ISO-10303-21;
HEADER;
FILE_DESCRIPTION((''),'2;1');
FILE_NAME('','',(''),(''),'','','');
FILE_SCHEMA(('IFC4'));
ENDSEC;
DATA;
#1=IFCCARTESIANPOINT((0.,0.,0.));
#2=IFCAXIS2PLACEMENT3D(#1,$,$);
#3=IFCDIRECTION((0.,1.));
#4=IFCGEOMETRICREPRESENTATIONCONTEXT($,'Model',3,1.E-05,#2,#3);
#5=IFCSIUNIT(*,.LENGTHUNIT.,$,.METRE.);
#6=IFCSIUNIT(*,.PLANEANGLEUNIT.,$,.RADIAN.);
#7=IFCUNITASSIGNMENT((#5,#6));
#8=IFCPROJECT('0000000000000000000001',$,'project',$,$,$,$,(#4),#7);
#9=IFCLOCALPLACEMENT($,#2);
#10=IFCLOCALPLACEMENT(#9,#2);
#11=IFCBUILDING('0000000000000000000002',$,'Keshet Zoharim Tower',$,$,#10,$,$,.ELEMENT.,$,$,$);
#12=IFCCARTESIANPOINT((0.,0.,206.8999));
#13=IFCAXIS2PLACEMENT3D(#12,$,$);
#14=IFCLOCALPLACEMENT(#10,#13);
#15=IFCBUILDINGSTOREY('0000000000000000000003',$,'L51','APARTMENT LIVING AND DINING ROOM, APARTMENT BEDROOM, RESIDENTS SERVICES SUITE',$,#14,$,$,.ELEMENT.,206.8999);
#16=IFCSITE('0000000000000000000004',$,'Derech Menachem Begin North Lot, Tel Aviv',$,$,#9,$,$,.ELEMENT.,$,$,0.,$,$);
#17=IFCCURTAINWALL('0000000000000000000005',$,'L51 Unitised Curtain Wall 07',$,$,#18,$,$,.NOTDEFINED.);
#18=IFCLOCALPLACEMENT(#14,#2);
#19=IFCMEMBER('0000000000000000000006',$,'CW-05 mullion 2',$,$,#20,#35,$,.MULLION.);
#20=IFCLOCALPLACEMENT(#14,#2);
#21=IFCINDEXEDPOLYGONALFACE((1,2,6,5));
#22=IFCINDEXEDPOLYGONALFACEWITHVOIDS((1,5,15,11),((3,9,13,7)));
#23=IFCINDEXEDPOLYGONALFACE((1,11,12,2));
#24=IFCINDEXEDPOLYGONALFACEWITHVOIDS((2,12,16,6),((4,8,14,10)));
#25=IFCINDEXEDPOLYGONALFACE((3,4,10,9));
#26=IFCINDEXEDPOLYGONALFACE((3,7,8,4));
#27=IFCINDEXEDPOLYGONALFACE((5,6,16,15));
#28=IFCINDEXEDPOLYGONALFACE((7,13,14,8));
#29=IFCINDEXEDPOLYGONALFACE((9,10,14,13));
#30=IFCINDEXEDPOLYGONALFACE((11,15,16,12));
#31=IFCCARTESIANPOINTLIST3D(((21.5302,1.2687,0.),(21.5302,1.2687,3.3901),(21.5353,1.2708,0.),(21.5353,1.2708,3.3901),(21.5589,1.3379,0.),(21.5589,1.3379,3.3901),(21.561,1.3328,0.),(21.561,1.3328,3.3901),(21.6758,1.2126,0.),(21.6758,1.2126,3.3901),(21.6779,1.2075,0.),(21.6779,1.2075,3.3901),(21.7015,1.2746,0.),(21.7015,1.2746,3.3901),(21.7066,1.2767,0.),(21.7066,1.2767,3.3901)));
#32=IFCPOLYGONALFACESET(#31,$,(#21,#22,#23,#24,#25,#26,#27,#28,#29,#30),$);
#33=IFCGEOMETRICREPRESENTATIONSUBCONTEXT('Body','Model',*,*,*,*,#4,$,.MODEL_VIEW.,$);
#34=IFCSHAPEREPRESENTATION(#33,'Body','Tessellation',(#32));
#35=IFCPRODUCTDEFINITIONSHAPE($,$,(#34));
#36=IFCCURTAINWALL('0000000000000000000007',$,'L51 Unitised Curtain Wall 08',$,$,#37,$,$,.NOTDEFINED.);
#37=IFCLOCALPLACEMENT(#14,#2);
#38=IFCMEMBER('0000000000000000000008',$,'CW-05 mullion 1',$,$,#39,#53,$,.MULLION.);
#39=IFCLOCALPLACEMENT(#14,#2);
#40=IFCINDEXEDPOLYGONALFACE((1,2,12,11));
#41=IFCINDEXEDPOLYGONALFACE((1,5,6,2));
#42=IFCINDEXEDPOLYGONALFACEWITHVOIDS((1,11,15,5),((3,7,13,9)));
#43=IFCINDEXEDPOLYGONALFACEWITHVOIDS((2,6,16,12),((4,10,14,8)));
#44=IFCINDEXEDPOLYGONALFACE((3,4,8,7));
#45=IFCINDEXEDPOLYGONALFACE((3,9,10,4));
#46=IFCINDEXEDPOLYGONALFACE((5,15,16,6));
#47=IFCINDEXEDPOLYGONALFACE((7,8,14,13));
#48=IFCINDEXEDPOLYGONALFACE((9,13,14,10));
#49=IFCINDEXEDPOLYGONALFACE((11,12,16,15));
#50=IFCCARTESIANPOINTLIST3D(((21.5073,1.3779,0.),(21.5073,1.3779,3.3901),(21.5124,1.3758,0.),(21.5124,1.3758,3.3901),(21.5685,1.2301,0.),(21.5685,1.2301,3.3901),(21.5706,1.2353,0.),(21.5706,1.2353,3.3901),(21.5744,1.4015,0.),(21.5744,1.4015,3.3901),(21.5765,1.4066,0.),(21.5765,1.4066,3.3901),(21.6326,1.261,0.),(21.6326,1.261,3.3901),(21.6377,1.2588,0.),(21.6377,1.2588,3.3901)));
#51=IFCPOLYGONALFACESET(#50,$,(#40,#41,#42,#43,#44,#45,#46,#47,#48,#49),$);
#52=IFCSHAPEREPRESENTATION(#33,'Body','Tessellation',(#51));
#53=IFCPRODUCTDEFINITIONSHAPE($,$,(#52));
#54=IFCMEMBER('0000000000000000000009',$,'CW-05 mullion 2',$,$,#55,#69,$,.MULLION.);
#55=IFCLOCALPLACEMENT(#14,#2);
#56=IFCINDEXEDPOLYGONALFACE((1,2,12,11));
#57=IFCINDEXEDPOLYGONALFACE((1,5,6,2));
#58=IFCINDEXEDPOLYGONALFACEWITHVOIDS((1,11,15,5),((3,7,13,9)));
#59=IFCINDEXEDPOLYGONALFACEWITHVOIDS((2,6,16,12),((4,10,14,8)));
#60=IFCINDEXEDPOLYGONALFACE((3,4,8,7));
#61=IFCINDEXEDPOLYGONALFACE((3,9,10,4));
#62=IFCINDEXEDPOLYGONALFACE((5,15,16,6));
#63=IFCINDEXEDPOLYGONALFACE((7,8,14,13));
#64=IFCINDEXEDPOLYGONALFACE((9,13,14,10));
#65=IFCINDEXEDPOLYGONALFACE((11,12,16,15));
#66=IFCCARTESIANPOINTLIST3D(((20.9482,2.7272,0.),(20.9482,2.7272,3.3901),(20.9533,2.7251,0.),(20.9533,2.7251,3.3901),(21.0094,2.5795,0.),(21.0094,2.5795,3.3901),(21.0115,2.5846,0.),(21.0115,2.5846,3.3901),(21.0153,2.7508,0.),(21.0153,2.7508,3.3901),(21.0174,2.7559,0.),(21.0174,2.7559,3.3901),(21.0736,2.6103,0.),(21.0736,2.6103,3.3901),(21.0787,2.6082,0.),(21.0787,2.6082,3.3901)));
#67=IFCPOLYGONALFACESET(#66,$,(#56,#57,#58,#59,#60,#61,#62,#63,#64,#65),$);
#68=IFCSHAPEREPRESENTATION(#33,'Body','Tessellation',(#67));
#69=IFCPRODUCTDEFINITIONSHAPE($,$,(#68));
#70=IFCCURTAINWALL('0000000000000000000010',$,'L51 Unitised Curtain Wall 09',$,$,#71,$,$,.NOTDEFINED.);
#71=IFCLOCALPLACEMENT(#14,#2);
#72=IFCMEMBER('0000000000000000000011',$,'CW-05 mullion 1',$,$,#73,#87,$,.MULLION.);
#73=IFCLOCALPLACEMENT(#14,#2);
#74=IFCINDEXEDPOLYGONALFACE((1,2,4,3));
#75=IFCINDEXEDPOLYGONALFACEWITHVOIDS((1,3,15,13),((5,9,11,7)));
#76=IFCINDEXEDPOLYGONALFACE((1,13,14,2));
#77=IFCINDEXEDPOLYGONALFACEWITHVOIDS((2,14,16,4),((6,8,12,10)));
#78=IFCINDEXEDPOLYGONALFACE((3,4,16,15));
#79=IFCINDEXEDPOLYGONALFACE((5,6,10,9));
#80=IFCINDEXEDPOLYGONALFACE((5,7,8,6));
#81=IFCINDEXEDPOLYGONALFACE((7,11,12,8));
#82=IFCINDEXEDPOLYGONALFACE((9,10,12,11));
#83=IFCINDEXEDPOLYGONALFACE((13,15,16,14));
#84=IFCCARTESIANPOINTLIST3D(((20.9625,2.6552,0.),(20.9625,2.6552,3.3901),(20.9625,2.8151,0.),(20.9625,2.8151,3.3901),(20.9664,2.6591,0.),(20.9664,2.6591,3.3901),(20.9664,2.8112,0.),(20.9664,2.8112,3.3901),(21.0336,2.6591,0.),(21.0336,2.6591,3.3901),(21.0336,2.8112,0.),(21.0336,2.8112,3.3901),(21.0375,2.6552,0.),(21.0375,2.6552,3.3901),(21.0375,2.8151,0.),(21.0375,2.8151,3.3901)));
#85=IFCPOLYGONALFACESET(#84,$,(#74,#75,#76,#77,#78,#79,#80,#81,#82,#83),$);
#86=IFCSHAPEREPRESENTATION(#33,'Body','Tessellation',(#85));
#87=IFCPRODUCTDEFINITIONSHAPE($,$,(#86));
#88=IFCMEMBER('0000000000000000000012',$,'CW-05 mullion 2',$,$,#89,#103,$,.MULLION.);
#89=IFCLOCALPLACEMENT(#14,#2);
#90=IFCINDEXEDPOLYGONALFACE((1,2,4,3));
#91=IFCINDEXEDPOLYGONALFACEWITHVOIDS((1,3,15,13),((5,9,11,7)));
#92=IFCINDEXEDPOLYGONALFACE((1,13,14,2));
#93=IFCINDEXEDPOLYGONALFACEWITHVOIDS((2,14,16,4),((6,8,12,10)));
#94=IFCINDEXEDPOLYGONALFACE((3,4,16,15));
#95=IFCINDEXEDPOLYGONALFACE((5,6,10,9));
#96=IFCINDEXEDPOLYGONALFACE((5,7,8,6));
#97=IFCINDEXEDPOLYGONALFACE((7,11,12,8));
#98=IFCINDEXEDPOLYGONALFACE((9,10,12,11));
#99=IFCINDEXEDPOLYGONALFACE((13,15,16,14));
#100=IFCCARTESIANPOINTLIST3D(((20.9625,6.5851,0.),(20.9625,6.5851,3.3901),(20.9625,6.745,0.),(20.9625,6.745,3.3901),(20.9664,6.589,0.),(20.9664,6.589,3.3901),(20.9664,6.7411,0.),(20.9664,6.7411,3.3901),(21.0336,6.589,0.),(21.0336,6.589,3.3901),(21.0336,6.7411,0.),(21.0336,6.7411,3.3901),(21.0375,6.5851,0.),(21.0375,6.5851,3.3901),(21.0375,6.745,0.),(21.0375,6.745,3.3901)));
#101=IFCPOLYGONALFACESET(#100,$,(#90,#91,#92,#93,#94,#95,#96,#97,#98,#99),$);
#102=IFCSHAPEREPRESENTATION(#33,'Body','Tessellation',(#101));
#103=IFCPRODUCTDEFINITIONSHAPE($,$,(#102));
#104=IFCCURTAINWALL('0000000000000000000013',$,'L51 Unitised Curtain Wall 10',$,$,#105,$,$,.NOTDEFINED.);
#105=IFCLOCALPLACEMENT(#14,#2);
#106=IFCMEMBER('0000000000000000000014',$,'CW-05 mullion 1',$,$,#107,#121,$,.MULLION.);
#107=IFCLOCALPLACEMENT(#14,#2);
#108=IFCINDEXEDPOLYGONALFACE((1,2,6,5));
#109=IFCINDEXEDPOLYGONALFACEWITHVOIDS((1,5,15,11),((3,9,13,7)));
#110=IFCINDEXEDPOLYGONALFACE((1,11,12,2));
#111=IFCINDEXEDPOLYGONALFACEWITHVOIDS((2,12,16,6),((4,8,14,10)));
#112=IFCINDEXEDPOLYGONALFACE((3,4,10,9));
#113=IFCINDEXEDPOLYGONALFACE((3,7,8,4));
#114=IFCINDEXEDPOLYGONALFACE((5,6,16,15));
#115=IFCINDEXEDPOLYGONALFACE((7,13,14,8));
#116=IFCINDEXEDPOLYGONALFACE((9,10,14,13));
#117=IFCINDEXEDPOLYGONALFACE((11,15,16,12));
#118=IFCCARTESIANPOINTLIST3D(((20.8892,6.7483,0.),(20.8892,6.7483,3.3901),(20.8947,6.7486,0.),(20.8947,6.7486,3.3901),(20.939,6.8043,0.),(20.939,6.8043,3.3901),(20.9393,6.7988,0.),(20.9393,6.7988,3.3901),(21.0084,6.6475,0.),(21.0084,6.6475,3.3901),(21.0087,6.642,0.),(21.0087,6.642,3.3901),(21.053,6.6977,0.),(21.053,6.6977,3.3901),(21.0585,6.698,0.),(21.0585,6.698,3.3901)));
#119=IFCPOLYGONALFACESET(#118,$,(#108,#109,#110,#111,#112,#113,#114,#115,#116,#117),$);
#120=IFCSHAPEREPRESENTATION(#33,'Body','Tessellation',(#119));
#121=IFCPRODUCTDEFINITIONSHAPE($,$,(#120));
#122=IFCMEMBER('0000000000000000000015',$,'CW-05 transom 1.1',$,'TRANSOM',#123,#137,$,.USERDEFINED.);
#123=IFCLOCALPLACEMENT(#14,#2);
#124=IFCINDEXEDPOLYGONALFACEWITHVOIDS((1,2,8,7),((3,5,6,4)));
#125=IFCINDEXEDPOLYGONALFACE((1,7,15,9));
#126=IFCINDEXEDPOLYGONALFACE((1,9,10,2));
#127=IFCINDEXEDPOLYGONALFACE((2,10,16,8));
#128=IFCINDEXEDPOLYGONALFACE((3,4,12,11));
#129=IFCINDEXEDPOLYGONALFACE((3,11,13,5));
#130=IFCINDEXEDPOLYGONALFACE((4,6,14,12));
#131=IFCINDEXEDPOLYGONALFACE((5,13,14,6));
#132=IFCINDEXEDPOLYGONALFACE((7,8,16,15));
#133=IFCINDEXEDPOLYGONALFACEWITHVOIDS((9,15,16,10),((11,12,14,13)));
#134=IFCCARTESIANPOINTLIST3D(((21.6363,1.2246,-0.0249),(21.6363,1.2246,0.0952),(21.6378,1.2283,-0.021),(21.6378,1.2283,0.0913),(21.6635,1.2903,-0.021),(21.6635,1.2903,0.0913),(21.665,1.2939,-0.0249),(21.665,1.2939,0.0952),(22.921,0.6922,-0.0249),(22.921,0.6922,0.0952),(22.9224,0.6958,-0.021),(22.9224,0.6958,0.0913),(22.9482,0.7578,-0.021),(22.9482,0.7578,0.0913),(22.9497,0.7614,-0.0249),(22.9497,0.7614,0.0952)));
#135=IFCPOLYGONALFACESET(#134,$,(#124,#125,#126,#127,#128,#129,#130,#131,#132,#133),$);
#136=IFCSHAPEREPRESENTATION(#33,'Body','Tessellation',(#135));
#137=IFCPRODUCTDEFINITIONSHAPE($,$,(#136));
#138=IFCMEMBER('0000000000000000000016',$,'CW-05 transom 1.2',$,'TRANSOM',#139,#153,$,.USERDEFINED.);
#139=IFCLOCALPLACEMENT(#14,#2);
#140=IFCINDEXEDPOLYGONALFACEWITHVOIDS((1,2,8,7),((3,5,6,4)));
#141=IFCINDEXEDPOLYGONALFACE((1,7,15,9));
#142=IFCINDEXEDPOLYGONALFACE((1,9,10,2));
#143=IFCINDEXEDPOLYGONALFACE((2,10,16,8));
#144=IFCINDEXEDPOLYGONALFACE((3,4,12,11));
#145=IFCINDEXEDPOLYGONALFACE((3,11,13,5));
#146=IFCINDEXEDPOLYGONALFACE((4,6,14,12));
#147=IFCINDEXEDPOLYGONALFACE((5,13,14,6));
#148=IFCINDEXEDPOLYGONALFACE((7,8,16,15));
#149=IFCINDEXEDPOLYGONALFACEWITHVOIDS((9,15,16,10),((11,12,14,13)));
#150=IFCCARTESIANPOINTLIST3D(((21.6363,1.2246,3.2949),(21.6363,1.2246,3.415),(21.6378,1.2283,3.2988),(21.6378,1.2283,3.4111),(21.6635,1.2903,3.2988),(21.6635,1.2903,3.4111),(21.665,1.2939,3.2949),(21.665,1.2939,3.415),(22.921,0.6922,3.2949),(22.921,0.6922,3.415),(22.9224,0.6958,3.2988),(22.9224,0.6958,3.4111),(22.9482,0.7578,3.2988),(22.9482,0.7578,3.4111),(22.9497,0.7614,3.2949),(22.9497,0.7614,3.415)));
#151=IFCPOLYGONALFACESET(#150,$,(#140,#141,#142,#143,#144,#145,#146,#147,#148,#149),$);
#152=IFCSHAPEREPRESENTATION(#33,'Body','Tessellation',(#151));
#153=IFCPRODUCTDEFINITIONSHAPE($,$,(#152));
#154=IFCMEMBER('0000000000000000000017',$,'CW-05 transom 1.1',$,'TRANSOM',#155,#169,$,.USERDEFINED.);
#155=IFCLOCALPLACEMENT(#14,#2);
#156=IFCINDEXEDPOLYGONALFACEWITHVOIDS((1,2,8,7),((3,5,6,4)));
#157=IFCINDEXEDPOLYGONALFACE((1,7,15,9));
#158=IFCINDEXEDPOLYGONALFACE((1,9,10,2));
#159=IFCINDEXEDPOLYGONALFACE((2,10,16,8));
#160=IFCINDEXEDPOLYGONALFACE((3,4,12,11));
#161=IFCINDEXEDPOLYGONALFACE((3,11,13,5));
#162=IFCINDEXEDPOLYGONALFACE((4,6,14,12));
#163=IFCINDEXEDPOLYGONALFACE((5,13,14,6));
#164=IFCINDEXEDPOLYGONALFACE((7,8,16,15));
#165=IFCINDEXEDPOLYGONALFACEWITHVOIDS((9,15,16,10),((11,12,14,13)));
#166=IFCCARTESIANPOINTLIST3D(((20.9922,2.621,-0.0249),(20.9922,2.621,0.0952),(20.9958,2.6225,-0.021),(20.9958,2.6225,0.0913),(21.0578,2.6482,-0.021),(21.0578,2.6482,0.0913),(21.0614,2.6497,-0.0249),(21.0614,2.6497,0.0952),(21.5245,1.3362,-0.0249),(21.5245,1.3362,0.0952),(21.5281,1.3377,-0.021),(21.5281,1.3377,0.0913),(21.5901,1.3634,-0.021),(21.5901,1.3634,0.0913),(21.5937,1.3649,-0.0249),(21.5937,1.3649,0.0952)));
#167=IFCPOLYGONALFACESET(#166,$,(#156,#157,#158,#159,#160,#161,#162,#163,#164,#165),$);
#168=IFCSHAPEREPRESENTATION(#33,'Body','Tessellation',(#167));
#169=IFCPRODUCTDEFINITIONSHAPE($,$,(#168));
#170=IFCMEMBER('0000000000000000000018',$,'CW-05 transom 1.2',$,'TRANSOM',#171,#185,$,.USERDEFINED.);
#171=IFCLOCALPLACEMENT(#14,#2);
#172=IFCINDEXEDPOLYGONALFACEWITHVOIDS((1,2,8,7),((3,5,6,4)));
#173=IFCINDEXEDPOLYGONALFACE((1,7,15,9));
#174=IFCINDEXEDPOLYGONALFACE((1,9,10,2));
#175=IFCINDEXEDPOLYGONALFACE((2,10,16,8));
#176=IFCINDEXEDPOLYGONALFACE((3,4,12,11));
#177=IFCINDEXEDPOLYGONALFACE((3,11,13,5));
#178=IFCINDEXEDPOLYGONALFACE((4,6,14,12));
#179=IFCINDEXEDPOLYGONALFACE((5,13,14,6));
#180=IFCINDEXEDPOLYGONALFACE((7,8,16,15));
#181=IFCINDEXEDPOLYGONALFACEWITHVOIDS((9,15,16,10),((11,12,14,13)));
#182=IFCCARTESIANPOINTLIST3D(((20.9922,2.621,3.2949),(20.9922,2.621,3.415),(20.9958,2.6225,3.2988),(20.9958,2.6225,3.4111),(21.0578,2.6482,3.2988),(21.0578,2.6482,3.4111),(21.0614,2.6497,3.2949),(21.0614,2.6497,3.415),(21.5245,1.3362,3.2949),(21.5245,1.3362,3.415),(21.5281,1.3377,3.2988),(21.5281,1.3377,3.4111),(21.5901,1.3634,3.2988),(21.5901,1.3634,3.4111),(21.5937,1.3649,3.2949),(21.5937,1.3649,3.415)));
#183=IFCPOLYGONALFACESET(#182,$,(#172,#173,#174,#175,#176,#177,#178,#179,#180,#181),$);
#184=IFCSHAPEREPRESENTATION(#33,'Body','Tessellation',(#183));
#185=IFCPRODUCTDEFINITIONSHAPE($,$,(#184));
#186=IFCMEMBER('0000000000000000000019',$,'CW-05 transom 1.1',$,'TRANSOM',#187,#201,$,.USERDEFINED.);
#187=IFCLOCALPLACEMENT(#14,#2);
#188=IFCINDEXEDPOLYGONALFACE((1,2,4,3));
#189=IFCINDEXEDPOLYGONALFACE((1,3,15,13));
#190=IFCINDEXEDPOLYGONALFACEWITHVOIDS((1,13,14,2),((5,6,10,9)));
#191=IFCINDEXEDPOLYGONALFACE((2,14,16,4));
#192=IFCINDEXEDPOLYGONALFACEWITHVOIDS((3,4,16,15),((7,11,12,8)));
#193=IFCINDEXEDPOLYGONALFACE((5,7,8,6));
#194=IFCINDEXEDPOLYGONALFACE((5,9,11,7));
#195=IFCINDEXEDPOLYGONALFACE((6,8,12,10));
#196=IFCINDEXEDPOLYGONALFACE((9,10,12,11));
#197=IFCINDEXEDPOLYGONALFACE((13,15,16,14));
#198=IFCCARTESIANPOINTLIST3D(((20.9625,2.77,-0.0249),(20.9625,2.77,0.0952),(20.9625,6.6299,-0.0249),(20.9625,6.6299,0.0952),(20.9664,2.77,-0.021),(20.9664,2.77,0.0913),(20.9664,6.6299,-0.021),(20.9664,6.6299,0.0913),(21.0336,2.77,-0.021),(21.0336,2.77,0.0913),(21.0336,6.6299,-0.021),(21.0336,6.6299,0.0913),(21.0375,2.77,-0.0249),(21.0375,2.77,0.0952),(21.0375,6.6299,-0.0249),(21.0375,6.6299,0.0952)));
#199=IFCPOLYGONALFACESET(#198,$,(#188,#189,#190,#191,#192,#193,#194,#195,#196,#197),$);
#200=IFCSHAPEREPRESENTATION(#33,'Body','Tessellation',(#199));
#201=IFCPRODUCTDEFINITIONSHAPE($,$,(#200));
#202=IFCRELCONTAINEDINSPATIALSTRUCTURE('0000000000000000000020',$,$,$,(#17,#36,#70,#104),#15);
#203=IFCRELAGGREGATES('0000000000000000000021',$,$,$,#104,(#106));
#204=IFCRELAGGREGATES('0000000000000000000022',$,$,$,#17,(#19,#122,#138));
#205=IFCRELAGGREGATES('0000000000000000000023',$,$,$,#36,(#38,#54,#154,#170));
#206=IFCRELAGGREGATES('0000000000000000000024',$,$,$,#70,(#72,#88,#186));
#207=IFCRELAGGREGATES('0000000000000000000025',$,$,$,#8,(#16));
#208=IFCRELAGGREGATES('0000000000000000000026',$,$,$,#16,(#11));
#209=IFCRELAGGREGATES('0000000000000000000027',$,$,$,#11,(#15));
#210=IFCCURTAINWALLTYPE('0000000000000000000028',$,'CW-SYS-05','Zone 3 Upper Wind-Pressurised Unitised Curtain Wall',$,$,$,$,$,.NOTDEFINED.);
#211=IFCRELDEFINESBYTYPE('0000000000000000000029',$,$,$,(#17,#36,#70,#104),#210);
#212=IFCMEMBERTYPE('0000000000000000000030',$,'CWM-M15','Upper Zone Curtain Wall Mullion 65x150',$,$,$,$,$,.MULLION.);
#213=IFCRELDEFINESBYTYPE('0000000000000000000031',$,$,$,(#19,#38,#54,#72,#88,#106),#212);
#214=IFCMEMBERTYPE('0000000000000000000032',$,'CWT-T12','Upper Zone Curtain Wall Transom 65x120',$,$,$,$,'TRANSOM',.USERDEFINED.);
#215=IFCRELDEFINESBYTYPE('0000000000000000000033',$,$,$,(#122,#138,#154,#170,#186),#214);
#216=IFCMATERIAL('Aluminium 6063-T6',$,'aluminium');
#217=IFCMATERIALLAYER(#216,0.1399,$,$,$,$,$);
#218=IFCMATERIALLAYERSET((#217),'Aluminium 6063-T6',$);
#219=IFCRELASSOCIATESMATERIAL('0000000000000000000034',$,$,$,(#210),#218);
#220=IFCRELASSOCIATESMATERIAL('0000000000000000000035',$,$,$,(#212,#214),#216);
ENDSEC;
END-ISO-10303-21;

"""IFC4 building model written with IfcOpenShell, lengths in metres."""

from ifc_helpers import new_model, si_unit, direction, frame, origin, origin_2d, place, context, subcontext, project, spatial, hollow_rectangle, extrude, material, layer, layer_set, material_profile, profile_set, type_object, element, aggregate, save


model = new_model("IFC4")

# Units and contexts
model_context = context("Model", 3, precision=1e-05, world=origin(), true_north=direction((0.0, 1.0)))
body_context = subcontext(model_context, "Body", "Model", "MODEL_VIEW")
ifc_project = project(units=[si_unit("LENGTHUNIT", "METRE"), si_unit("PLANEANGLEUNIT", "RADIAN")], contexts=[model_context])

# Site, building, storey
site_placement = place(None, origin())
site = spatial("IfcSite", under=ifc_project, at=site_placement, Name="Derech Menachem Begin North Lot, Tel Aviv", CompositionType="ELEMENT", RefElevation=0.0)
building_placement = place(site_placement, origin())
building = spatial("IfcBuilding", under=site, at=building_placement, Name="Keshet Zoharim Tower", CompositionType="ELEMENT")
storey_placement = place(building_placement, frame((0.0, 0.0, 206.8999)))
storey = spatial("IfcBuildingStorey", under=building, at=storey_placement, Name="L51", Description="APARTMENT LIVING AND DINING ROOM, APARTMENT BEDROOM, RESIDENTS SERVICES SUITE", CompositionType="ELEMENT", Elevation=206.8999)

# Shared definitions
ifc_material_1 = material(Name="Aluminium 6063-T6", Category="aluminium")
ifc_layer_1 = layer(ifc_material_1, 0.1399)
ifc_layer_set_1 = layer_set([ifc_layer_1], Name="Aluminium 6063-T6")
curtain_wall_type = type_object("IfcCurtainWallType", Name="CW-SYS-05", Description="Zone 3 Upper Wind-Pressurised Unitised Curtain Wall", PredefinedType="NOTDEFINED", material=ifc_layer_set_1)
ifc_material_profile_1 = material_profile(ifc_material_1, hollow_rectangle(XDim=0.075, YDim=0.1599, WallThickness=0.0039, at=origin_2d()), Name="MUL-75x160")
ifc_profile_set_1 = profile_set([ifc_material_profile_1], Name="Aluminium 6063-T6")
member_type_1 = type_object("IfcMemberType", Name="CWM-M15", Description="Upper Zone Curtain Wall Mullion 65x150", PredefinedType="MULLION", material=ifc_profile_set_1)

# Curtain walls, members
curtain_wall_1_placement = place(storey_placement, origin())
curtain_wall_1 = element("IfcCurtainWall", 1, at=curtain_wall_1_placement, inside=storey, type_object=curtain_wall_type, Name="L51 Unitised Curtain Wall 07", PredefinedType="NOTDEFINED")
member_1_placement = place(storey_placement, frame((21.6184, 1.2727, 0.0), z_axis=(0.0, 0.0, 1.0), x_axis=(-0.382852, -0.92381, 0.0)))
member_1 = element("IfcMember", 2, at=member_1_placement, type_object=member_type_1, Name="CW-05 mullion 2", PredefinedType="MULLION", context=body_context, shape_type="SweptSolid", body=[
    extrude(hollow_rectangle(XDim=0.075, YDim=0.1599, WallThickness=0.0039, at=origin_2d()), origin(), (0.0, 0.0, 1.0), 3.3901),
])
curtain_wall_2_placement = place(storey_placement, origin())
curtain_wall_2 = element("IfcCurtainWall", 3, at=curtain_wall_2_placement, inside=storey, type_object=curtain_wall_type, Name="L51 Unitised Curtain Wall 08", PredefinedType="NOTDEFINED")
member_2_placement = place(storey_placement, frame((21.5725, 1.3184, 0.0), z_axis=(0.0, 0.0, 1.0), x_axis=(-0.92381, -0.382852, 0.0)))
member_2 = element("IfcMember", 4, at=member_2_placement, type_object=member_type_1, Name="CW-05 mullion 1", PredefinedType="MULLION", context=body_context, shape_type="SweptSolid", body=[
    extrude(hollow_rectangle(XDim=0.075, YDim=0.1599, WallThickness=0.0039, at=origin_2d()), origin(), (0.0, 0.0, 1.0), 3.3901),
])
member_3_placement = place(storey_placement, frame((21.0134, 2.6677, 0.0), z_axis=(0.0, 0.0, 1.0), x_axis=(-0.92381, -0.382852, 0.0)))
member_3 = element("IfcMember", 5, at=member_3_placement, type_object=member_type_1, Name="CW-05 mullion 2", PredefinedType="MULLION", context=body_context, shape_type="SweptSolid", body=[
    extrude(hollow_rectangle(XDim=0.075, YDim=0.1599, WallThickness=0.0039, at=origin_2d()), origin(), (0.0, 0.0, 1.0), 3.3901),
])
curtain_wall_3_placement = place(storey_placement, origin())
curtain_wall_3 = element("IfcCurtainWall", 6, at=curtain_wall_3_placement, inside=storey, type_object=curtain_wall_type, Name="L51 Unitised Curtain Wall 09", PredefinedType="NOTDEFINED")
member_4_placement = place(storey_placement, frame((21.0, 2.7351, 0.0), z_axis=(0.0, 0.0, 1.0), x_axis=(-1.0, 0.0, 0.0)))
member_4 = element("IfcMember", 7, at=member_4_placement, type_object=member_type_1, Name="CW-05 mullion 1", PredefinedType="MULLION", context=body_context, shape_type="SweptSolid", body=[
    extrude(hollow_rectangle(XDim=0.075, YDim=0.1599, WallThickness=0.0039, at=origin_2d()), origin(), (0.0, 0.0, 1.0), 3.3901),
])
member_5_placement = place(storey_placement, frame((21.0, 6.665, 0.0), z_axis=(0.0, 0.0, 1.0), x_axis=(-1.0, 0.0, 0.0)))
member_5 = element("IfcMember", 8, at=member_5_placement, type_object=member_type_1, Name="CW-05 mullion 2", PredefinedType="MULLION", context=body_context, shape_type="SweptSolid", body=[
    extrude(hollow_rectangle(XDim=0.075, YDim=0.1599, WallThickness=0.0039, at=origin_2d()), origin(), (0.0, 0.0, 1.0), 3.3901),
])

# Curtain wall, member
curtain_wall_4_placement = place(storey_placement, origin())
curtain_wall_4 = element("IfcCurtainWall", 9, at=curtain_wall_4_placement, inside=storey, type_object=curtain_wall_type, Name="L51 Unitised Curtain Wall 10", PredefinedType="NOTDEFINED")
member_6_placement = place(storey_placement, frame((20.9739, 6.7231, 0.0), z_axis=(0.0, 0.0, 1.0), x_axis=(-0.664368, -0.747406, 0.0)))
member_6 = element("IfcMember", 10, at=member_6_placement, type_object=member_type_1, Name="CW-05 mullion 1", PredefinedType="MULLION", context=body_context, shape_type="SweptSolid", body=[
    extrude(hollow_rectangle(XDim=0.075, YDim=0.1599, WallThickness=0.0039, at=origin_2d()), origin(), (0.0, 0.0, 1.0), 3.3901),
])

# Members
ifc_material_profile_2 = material_profile(ifc_material_1, hollow_rectangle(XDim=0.075, YDim=0.1201, WallThickness=0.0039, at=origin_2d()), Name="TRN-75x120")
ifc_profile_set_2 = profile_set([ifc_material_profile_2], Name="Aluminium 6063-T6")
member_type_2 = type_object("IfcMemberType", Name="CWT-T12", Description="Upper Zone Curtain Wall Transom 65x120", ElementType="TRANSOM", PredefinedType="USERDEFINED", material=ifc_profile_set_2)
member_7_placement = place(storey_placement, frame((22.9353, 0.7268, 0.0352), z_axis=(-0.923792, 0.382894, 0.0), x_axis=(-0.382894, -0.923792, 0.0)))
member_7 = element("IfcMember", 11, at=member_7_placement, type_object=member_type_2, Name="CW-05 transom 1.1", ObjectType="TRANSOM", PredefinedType="USERDEFINED", context=body_context, shape_type="SweptSolid", body=[
    extrude(hollow_rectangle(XDim=0.075, YDim=0.1201, WallThickness=0.0039, at=origin_2d()), origin(), (0.0, 0.0, 1.0), 1.3906),
])
member_8_placement = place(storey_placement, frame((22.9353, 0.7268, 3.355), z_axis=(-0.923792, 0.382894, 0.0), x_axis=(-0.382894, -0.923792, 0.0)))
member_8 = element("IfcMember", 12, at=member_8_placement, type_object=member_type_2, Name="CW-05 transom 1.2", ObjectType="TRANSOM", PredefinedType="USERDEFINED", context=body_context, shape_type="SweptSolid", body=[
    extrude(hollow_rectangle(XDim=0.075, YDim=0.1201, WallThickness=0.0039, at=origin_2d()), origin(), (0.0, 0.0, 1.0), 1.3906),
])
member_9_placement = place(storey_placement, frame((21.5591, 1.3506, 0.0352), z_axis=(-0.382745, 0.923854, 0.0), x_axis=(-0.923854, -0.382745, 0.0)))
member_9 = element("IfcMember", 13, at=member_9_placement, type_object=member_type_2, Name="CW-05 transom 1.1", ObjectType="TRANSOM", PredefinedType="USERDEFINED", context=body_context, shape_type="SweptSolid", body=[
    extrude(hollow_rectangle(XDim=0.075, YDim=0.1201, WallThickness=0.0039, at=origin_2d()), origin(), (0.0, 0.0, 1.0), 1.3906),
])
member_10_placement = place(storey_placement, frame((21.5591, 1.3506, 3.355), z_axis=(-0.382745, 0.923854, 0.0), x_axis=(-0.923854, -0.382745, 0.0)))
member_10 = element("IfcMember", 14, at=member_10_placement, type_object=member_type_2, Name="CW-05 transom 1.2", ObjectType="TRANSOM", PredefinedType="USERDEFINED", context=body_context, shape_type="SweptSolid", body=[
    extrude(hollow_rectangle(XDim=0.075, YDim=0.1201, WallThickness=0.0039, at=origin_2d()), origin(), (0.0, 0.0, 1.0), 1.3906),
])
member_11_placement = place(storey_placement, frame((21.0, 2.77, 0.0352), z_axis=(0.0, 1.0, 0.0), x_axis=(-1.0, 0.0, 0.0)))
member_11 = element("IfcMember", 15, at=member_11_placement, type_object=member_type_2, Name="CW-05 transom 1.1", ObjectType="TRANSOM", PredefinedType="USERDEFINED", context=body_context, shape_type="SweptSolid", body=[
    extrude(hollow_rectangle(XDim=0.075, YDim=0.1201, WallThickness=0.0039, at=origin_2d()), origin(), (0.0, 0.0, 1.0), 3.8599),
])
aggregate(curtain_wall_4, [member_6])

aggregate(curtain_wall_1, [member_1, member_7, member_8])
aggregate(curtain_wall_2, [member_2, member_3, member_9, member_10])
aggregate(curtain_wall_3, [member_4, member_5, member_11])

save(model, "model.ifc")
